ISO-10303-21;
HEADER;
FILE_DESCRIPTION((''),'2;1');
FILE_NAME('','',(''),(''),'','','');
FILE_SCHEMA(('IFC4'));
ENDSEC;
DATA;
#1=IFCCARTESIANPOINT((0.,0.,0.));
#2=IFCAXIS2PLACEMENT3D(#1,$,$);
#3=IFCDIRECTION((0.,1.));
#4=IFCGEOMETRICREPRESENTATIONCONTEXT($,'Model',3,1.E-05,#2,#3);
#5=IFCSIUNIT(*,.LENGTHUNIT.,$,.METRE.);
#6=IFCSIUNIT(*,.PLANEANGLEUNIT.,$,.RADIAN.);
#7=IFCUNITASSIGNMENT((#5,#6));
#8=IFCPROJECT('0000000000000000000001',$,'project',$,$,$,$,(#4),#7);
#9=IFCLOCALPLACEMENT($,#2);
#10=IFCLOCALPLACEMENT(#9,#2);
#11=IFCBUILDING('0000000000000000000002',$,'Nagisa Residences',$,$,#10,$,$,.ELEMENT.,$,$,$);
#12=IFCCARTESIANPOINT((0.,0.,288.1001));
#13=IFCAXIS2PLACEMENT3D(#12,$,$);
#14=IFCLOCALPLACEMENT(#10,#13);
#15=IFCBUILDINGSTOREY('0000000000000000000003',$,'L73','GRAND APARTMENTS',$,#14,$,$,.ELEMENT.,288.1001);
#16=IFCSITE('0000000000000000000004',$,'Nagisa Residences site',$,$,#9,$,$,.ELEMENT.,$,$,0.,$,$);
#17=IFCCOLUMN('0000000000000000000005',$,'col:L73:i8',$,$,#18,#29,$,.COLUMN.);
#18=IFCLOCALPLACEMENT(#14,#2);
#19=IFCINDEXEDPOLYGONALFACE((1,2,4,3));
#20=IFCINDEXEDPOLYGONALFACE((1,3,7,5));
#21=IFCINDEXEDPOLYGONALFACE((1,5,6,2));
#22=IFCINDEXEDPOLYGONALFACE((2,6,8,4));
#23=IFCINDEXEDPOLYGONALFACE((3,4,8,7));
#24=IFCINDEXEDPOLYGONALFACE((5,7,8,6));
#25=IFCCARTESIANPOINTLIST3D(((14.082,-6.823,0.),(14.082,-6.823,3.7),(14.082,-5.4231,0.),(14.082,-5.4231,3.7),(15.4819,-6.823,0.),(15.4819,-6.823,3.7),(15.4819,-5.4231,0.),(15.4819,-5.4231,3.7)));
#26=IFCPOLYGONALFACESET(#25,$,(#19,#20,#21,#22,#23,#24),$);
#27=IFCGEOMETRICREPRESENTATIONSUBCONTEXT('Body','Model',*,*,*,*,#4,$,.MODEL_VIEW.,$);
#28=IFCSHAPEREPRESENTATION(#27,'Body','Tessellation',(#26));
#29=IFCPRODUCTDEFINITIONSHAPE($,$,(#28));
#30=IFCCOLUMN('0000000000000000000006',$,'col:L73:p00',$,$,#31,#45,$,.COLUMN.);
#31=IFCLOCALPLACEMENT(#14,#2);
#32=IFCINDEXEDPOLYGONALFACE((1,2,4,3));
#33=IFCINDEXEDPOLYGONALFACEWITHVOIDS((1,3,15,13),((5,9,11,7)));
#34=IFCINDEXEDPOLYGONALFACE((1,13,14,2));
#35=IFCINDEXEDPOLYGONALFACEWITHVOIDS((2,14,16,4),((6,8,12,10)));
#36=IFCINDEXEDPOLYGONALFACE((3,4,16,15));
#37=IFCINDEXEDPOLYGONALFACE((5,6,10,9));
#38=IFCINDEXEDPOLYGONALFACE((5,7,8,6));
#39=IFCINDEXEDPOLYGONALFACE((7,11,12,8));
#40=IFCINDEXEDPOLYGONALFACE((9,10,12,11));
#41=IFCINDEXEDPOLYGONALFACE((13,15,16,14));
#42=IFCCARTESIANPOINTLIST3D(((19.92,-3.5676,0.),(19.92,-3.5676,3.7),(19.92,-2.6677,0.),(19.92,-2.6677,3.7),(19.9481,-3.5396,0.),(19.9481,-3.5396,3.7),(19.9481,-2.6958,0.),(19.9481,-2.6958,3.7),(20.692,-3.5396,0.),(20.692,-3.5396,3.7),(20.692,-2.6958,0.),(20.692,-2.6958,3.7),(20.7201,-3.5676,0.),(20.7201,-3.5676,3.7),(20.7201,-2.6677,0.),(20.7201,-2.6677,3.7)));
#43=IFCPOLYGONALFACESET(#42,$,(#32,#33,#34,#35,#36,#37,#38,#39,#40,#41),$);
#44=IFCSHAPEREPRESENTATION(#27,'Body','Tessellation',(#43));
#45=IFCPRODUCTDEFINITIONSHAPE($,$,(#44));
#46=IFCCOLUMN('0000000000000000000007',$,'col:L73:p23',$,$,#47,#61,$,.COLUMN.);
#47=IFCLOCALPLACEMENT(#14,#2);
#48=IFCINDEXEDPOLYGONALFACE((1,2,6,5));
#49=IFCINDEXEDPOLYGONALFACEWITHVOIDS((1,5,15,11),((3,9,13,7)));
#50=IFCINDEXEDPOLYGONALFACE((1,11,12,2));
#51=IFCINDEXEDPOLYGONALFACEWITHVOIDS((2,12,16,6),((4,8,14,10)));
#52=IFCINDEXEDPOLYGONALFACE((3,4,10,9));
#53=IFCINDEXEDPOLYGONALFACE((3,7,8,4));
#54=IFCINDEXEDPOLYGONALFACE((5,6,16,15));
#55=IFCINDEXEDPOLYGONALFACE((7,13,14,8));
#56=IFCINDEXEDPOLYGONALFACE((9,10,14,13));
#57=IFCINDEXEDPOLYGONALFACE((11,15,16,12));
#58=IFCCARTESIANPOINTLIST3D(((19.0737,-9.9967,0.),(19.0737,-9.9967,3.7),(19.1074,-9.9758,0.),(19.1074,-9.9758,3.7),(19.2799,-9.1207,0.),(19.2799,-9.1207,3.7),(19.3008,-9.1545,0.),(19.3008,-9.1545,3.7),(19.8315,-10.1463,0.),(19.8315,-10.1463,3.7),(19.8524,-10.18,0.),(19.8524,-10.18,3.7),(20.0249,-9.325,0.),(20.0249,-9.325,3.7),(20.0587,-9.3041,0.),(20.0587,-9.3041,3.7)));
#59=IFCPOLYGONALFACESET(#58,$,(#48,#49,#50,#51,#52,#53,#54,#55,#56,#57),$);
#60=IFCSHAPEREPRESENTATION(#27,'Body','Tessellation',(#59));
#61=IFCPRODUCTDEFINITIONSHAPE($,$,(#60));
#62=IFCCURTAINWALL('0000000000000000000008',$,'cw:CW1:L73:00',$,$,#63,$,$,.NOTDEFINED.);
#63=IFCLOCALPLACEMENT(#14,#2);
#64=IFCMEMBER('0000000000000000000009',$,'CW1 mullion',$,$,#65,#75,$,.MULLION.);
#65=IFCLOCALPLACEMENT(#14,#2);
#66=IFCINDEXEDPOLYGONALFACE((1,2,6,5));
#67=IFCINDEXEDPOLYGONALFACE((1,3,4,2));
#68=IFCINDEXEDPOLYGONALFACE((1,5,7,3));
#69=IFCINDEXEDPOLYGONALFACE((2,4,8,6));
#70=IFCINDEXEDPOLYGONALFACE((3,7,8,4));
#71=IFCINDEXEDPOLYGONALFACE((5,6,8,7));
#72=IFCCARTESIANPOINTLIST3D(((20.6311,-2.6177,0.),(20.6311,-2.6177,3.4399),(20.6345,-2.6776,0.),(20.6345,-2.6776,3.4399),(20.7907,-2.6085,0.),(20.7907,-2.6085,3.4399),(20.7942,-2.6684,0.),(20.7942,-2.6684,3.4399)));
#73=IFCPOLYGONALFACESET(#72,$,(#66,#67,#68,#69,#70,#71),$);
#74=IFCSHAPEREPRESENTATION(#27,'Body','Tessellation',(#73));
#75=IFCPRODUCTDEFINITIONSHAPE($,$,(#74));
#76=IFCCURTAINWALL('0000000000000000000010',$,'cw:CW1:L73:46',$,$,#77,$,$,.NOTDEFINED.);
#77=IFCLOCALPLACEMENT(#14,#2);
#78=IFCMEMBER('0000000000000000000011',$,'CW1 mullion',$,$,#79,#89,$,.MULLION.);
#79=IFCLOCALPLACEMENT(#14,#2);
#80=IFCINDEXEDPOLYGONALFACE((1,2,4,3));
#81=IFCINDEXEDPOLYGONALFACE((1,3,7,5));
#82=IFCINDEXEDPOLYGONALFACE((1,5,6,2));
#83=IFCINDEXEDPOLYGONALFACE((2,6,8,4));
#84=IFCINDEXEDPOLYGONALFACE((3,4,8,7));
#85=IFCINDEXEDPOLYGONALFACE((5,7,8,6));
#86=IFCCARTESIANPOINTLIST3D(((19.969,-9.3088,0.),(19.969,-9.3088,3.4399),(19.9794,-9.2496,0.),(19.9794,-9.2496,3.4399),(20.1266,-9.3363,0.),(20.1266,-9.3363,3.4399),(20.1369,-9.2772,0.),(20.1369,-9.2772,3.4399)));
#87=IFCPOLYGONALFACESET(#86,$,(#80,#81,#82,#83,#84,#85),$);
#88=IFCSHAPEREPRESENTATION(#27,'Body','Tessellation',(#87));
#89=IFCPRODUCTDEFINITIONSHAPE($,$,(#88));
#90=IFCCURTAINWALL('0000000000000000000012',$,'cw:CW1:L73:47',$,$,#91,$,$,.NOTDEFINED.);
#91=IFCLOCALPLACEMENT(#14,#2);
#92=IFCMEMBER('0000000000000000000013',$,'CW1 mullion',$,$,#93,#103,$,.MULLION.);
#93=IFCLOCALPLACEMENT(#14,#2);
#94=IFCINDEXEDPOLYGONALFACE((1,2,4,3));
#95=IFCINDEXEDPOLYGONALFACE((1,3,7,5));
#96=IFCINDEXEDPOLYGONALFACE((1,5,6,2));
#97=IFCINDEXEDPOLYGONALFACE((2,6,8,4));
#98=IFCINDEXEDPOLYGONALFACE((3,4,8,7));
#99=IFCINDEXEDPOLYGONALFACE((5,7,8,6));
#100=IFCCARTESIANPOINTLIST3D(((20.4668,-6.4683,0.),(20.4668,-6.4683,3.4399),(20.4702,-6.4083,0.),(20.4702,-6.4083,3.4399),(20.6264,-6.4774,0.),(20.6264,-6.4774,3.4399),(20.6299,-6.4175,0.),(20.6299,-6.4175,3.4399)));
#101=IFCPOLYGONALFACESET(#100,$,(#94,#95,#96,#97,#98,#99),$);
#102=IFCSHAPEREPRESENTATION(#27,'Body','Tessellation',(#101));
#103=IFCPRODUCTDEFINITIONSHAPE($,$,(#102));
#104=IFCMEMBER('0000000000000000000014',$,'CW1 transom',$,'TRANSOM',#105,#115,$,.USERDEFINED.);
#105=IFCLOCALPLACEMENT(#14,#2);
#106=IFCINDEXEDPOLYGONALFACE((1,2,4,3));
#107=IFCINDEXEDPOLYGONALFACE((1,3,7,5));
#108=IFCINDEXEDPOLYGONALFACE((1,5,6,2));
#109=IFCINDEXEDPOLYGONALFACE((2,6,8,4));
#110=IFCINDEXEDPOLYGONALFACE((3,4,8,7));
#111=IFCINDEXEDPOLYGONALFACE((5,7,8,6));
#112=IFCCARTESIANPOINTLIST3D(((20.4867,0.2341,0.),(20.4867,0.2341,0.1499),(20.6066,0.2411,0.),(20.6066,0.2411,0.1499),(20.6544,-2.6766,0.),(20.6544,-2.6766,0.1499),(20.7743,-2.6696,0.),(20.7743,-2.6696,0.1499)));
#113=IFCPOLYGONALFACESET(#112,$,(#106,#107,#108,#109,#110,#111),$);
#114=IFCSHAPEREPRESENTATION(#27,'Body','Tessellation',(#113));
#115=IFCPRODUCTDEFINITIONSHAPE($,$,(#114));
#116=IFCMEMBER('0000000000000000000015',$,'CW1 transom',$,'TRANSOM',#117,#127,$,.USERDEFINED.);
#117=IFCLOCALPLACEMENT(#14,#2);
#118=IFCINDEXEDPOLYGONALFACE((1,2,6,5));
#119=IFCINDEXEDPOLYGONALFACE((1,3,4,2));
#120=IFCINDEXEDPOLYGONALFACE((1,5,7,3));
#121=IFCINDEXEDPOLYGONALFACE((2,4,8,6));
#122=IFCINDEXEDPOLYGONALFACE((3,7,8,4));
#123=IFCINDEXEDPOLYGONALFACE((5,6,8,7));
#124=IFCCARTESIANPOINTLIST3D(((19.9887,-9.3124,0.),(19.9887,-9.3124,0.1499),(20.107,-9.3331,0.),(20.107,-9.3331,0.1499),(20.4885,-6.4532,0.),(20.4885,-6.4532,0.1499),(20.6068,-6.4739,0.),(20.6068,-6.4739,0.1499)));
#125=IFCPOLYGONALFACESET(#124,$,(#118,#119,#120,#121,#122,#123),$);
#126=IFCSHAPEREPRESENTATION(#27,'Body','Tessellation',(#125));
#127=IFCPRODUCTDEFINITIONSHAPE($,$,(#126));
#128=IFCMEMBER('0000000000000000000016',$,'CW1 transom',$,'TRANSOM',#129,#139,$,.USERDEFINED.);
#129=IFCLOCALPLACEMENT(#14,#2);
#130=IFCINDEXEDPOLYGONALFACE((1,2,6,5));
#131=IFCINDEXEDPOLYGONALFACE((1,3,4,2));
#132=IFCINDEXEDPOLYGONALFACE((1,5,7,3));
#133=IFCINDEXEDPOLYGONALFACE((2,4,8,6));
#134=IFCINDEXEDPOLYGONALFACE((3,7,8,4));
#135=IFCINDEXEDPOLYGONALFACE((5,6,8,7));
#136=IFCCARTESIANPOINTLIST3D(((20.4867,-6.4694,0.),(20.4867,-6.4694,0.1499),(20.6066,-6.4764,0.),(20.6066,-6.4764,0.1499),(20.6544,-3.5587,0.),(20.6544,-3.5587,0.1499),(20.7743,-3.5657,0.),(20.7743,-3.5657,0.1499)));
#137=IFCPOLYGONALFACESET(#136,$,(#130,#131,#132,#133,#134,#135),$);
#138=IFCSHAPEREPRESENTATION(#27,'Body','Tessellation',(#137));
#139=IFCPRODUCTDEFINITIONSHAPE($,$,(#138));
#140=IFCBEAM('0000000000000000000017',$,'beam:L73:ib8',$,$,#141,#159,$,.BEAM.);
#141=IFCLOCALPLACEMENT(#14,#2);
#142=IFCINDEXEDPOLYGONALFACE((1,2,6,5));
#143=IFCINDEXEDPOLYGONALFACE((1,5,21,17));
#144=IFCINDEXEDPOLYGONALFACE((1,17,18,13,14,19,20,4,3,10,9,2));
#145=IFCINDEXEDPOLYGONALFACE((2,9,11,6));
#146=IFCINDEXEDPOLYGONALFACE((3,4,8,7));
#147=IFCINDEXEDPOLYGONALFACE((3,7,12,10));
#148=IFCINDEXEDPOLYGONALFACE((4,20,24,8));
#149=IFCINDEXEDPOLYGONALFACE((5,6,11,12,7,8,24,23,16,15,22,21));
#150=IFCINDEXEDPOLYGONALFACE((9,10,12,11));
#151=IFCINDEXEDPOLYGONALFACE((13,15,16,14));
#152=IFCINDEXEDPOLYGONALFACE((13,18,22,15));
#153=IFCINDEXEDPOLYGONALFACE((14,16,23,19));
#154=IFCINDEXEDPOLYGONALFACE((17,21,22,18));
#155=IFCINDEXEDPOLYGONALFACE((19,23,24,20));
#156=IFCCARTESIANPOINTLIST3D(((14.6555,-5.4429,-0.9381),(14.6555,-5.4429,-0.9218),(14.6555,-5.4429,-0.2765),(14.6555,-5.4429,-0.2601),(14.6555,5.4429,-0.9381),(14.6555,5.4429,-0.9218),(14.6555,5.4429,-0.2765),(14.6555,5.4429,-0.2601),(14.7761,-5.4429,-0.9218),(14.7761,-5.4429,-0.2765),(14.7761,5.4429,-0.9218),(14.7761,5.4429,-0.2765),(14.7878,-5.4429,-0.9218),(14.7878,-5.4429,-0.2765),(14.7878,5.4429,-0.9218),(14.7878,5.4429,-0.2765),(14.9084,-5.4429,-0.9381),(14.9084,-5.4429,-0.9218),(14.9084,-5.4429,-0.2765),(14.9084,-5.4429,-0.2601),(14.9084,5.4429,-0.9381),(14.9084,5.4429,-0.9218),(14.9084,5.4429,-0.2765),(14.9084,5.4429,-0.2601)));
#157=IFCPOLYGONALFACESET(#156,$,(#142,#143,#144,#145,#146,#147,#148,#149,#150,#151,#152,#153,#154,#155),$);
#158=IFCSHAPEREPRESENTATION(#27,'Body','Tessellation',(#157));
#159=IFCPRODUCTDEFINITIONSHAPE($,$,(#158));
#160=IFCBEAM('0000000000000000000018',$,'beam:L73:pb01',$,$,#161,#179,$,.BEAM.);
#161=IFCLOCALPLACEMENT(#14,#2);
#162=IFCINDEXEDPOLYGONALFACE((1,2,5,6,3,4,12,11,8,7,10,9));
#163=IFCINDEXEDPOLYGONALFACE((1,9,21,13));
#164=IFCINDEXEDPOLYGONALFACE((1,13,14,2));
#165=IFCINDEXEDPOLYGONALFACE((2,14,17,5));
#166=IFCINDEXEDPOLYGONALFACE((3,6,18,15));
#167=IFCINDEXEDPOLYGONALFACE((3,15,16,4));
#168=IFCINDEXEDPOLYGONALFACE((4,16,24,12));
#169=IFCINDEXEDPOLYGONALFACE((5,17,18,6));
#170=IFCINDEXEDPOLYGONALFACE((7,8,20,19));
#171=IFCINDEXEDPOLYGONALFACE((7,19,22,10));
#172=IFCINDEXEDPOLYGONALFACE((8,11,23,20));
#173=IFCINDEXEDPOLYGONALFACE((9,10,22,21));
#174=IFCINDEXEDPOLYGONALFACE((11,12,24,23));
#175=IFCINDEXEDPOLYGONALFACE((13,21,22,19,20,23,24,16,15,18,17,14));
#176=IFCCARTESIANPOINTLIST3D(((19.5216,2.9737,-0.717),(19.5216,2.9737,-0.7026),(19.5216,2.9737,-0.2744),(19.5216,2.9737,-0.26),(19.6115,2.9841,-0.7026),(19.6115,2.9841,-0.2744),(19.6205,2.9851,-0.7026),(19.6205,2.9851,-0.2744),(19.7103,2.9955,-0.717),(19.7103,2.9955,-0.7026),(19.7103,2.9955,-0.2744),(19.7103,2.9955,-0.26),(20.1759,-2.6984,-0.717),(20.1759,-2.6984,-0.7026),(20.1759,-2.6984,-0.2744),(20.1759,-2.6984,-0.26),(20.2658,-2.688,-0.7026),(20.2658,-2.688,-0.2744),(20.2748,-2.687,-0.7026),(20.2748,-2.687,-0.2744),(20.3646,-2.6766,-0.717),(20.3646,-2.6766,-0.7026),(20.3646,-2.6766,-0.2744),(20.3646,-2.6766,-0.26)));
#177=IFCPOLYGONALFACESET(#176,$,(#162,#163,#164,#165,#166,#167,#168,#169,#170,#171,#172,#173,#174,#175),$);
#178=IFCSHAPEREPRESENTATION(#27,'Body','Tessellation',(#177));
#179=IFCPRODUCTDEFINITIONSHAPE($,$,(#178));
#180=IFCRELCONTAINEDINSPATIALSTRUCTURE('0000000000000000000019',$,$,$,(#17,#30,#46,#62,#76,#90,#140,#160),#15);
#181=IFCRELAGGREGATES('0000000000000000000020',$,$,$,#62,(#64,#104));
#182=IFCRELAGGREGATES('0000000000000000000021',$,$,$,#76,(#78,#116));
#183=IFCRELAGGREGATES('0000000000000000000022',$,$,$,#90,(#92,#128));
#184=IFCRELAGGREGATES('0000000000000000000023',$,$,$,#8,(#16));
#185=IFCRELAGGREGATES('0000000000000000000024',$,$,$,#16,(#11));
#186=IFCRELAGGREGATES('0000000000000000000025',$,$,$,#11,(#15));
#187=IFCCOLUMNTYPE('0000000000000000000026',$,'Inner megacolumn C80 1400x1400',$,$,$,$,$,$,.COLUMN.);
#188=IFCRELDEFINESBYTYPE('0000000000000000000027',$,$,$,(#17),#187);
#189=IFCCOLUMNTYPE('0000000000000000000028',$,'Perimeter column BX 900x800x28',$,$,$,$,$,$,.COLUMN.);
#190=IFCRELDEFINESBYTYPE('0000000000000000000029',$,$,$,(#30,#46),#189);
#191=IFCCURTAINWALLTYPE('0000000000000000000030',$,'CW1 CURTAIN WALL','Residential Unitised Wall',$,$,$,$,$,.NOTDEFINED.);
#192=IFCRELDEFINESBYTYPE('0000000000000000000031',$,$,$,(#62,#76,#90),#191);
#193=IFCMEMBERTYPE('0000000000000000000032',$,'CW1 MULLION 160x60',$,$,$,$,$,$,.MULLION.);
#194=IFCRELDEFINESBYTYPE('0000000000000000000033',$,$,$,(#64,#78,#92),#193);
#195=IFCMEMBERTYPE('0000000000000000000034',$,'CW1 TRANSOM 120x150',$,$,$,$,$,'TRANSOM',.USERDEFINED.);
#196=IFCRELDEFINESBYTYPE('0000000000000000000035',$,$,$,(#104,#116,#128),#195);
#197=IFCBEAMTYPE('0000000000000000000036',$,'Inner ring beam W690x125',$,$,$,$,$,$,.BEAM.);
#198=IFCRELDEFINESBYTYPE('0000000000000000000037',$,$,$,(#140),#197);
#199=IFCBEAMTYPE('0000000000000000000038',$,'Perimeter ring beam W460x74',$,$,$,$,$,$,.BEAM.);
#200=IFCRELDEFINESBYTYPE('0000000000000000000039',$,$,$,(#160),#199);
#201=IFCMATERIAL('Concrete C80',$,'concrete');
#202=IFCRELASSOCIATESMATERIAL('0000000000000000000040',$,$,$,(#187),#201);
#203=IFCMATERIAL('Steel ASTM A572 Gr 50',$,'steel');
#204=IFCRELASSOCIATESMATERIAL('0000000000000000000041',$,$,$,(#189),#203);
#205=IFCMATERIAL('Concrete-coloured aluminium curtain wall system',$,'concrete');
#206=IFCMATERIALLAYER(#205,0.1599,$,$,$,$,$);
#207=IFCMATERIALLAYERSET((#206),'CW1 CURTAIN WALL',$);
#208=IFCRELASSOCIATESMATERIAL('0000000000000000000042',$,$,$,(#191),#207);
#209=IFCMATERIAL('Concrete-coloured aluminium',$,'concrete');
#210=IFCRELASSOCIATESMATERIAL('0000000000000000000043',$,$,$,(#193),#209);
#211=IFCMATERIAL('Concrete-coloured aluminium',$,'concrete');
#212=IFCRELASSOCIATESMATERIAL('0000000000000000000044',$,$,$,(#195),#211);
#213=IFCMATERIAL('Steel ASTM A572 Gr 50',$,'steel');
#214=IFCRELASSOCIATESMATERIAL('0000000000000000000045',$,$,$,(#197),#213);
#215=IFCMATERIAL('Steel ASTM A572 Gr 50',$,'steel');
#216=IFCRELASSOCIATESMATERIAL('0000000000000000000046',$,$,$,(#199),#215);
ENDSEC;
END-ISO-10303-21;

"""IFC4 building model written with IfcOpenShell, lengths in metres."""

from ifc_helpers import new_model, si_unit, direction, frame, origin, origin_2d, place, context, subcontext, project, spatial, rectangle, hollow_rectangle, i_section, extrude, material, layer, layer_set, material_profile, profile_set, type_object, element, aggregate, save


model = new_model("IFC4")

# Units and contexts
model_context = context("Model", 3, precision=1e-05, world=origin(), true_north=direction((0.0, 1.0)))
body_context = subcontext(model_context, "Body", "Model", "MODEL_VIEW")
ifc_project = project(units=[si_unit("LENGTHUNIT", "METRE"), si_unit("PLANEANGLEUNIT", "RADIAN")], contexts=[model_context])

# Site, building, storey
site_placement = place(None, origin())
site = spatial("IfcSite", under=ifc_project, at=site_placement, Name="Nagisa Residences site", CompositionType="ELEMENT", RefElevation=0.0)
building_placement = place(site_placement, origin())
building = spatial("IfcBuilding", under=site, at=building_placement, Name="Nagisa Residences", CompositionType="ELEMENT")
storey_placement = place(building_placement, frame((0.0, 0.0, 288.1001)))
storey = spatial("IfcBuildingStorey", under=building, at=storey_placement, Name="L73", Description="GRAND APARTMENTS", CompositionType="ELEMENT", Elevation=288.1001)

# Columns
ifc_material_1 = material(Name="Concrete C80", Category="concrete")
ifc_material_profile_1 = material_profile(ifc_material_1, rectangle(XDim=1.3999, YDim=1.3999, at=origin_2d()), Name="C80 1400x1400")
ifc_profile_set_1 = profile_set([ifc_material_profile_1], Name="Concrete C80")
column_type_1 = type_object("IfcColumnType", Name="Inner megacolumn C80 1400x1400", PredefinedType="COLUMN", material=ifc_profile_set_1)
column_placement = place(storey_placement, frame((14.782, -6.123, 0.0), z_axis=(0.0, 0.0, 1.0), x_axis=(1.0, 0.0, 0.0)))
element("IfcColumn", 1, at=column_placement, inside=storey, type_object=column_type_1, Name="col:L73:i8", PredefinedType="COLUMN", context=body_context, shape_type="SweptSolid", body=[
    extrude(rectangle(XDim=1.3999, YDim=1.3999, at=origin_2d()), origin(), (0.0, 0.0, 1.0), 3.7),
])
ifc_material_2 = material(Name="Steel ASTM A572 Gr 50", Category="steel")
ifc_material_profile_2 = material_profile(ifc_material_2, hollow_rectangle(XDim=0.8999, YDim=0.8, WallThickness=0.0281, at=origin_2d()), Name="BX 900x800x28")
ifc_profile_set_2 = profile_set([ifc_material_profile_2], Name="Steel ASTM A572 Gr 50")
column_type_2 = type_object("IfcColumnType", Name="Perimeter column BX 900x800x28", PredefinedType="COLUMN", material=ifc_profile_set_2)
for number, where, z_axis, x_axis, name in (
    (2, (20.3201, -3.1177, 0.0), (0.0, 0.0, 1.0), (0.0, 1.0, 0.0), "col:L73:p00"),
    (3, (19.5662, -9.6504, 0.0), (0.0, 0.0, 1.0), (0.229202, 0.973379, 0.0), "col:L73:p23"),
):
    element("IfcColumn", number, at=place(storey_placement, frame(where, z_axis=z_axis, x_axis=x_axis)), inside=storey, type_object=column_type_2, Name=name, PredefinedType="COLUMN", context=body_context, shape_type="SweptSolid", body=[
        extrude(hollow_rectangle(XDim=0.8999, YDim=0.8, WallThickness=0.0281, at=origin_2d()), origin(), (0.0, 0.0, 1.0), 3.7),
    ])

# Curtain walls, members
ifc_material_3 = material(Name="Concrete-coloured aluminium curtain wall system", Category="concrete")
ifc_layer_1 = layer(ifc_material_3, 0.1599)
ifc_layer_set_1 = layer_set([ifc_layer_1], Name="CW1 CURTAIN WALL")
curtain_wall_type = type_object("IfcCurtainWallType", Name="CW1 CURTAIN WALL", Description="Residential Unitised Wall", PredefinedType="NOTDEFINED", material=ifc_layer_set_1)
curtain_wall_1_placement = place(storey_placement, origin())
curtain_wall_1 = element("IfcCurtainWall", 4, at=curtain_wall_1_placement, inside=storey, type_object=curtain_wall_type, Name="cw:CW1:L73:00", PredefinedType="NOTDEFINED")
ifc_material_4 = material(Name="Concrete-coloured aluminium", Category="concrete")
ifc_material_profile_3 = material_profile(ifc_material_4, rectangle(XDim=0.1599, YDim=0.0601, at=origin_2d()), Name="CW1 MULLION 160x60")
ifc_profile_set_3 = profile_set([ifc_material_profile_3], Name="Concrete-coloured aluminium")
member_type_1 = type_object("IfcMemberType", Name="CW1 MULLION 160x60", PredefinedType="MULLION", material=ifc_profile_set_3)
member_1_placement = place(storey_placement, frame((20.7126, -2.6431, 0.0), z_axis=(0.0, 0.0, 1.0), x_axis=(-0.998345, -0.057503, 0.0)))
member_1 = element("IfcMember", 5, at=member_1_placement, type_object=member_type_1, Name="CW1 mullion", PredefinedType="MULLION", context=body_context, shape_type="SweptSolid", body=[
    extrude(rectangle(XDim=0.1599, YDim=0.0601, at=origin_2d()), origin(), (0.0, 0.0, 1.0), 3.4399),
])
curtain_wall_2_placement = place(storey_placement, origin())
curtain_wall_2 = element("IfcCurtainWall", 6, at=curtain_wall_2_placement, inside=storey, type_object=curtain_wall_type, Name="cw:CW1:L73:46", PredefinedType="NOTDEFINED")
member_2_placement = place(storey_placement, frame((20.053, -9.293, 0.0), z_axis=(0.0, 0.0, 1.0), x_axis=(-0.985064, 0.172191, 0.0)))
member_2 = element("IfcMember", 7, at=member_2_placement, type_object=member_type_1, Name="CW1 mullion", PredefinedType="MULLION", context=body_context, shape_type="SweptSolid", body=[
    extrude(rectangle(XDim=0.1599, YDim=0.0601, at=origin_2d()), origin(), (0.0, 0.0, 1.0), 3.4399),
])
curtain_wall_3_placement = place(storey_placement, origin())
curtain_wall_3 = element("IfcCurtainWall", 8, at=curtain_wall_3_placement, inside=storey, type_object=curtain_wall_type, Name="cw:CW1:L73:47", PredefinedType="NOTDEFINED")
member_3_placement = place(storey_placement, frame((20.5483, -6.4429, 0.0), z_axis=(0.0, 0.0, 1.0), x_axis=(-0.998345, 0.057503, 0.0)))
member_3 = element("IfcMember", 9, at=member_3_placement, type_object=member_type_1, Name="CW1 mullion", PredefinedType="MULLION", context=body_context, shape_type="SweptSolid", body=[
    extrude(rectangle(XDim=0.1599, YDim=0.0601, at=origin_2d()), origin(), (0.0, 0.0, 1.0), 3.4399),
])

# Members
ifc_material_5 = material(Name="Concrete-coloured aluminium", Category="concrete")
ifc_material_profile_4 = material_profile(ifc_material_5, rectangle(XDim=0.1201, YDim=0.1499, at=origin_2d()), Name="CW1 TRANSOM 120x150")
ifc_profile_set_4 = profile_set([ifc_material_profile_4], Name="Concrete-coloured aluminium")
member_type_2 = type_object("IfcMemberType", Name="CW1 TRANSOM 120x150", ElementType="TRANSOM", PredefinedType="USERDEFINED", material=ifc_profile_set_4)
member_4_placement = place(storey_placement, frame((20.7144, -2.6731, 0.075), z_axis=(-0.057529, 0.998344, 0.0), x_axis=(-0.998344, -0.057529, 0.0)))
member_4 = element("IfcMember", 10, at=member_4_placement, type_object=member_type_2, Name="CW1 transom", ObjectType="TRANSOM", PredefinedType="USERDEFINED", context=body_context, shape_type="SweptSolid", body=[
    extrude(rectangle(XDim=0.1201, YDim=0.1499, at=origin_2d()), origin(), (0.0, 0.0, 1.0), 2.9155),
])
member_5_placement = place(storey_placement, frame((20.0479, -9.3228, 0.075), z_axis=(0.172182, 0.985065, 0.0), x_axis=(-0.985065, 0.172182, 0.0)))
member_5 = element("IfcMember", 11, at=member_5_placement, type_object=member_type_2, Name="CW1 transom", ObjectType="TRANSOM", PredefinedType="USERDEFINED", context=body_context, shape_type="SweptSolid", body=[
    extrude(rectangle(XDim=0.1201, YDim=0.1499, at=origin_2d()), origin(), (0.0, 0.0, 1.0), 2.9026),
])
member_6_placement = place(storey_placement, frame((20.5466, -6.4729, 0.075), z_axis=(0.057529, 0.998344, 0.0), x_axis=(-0.998344, 0.057529, 0.0)))
member_6 = element("IfcMember", 12, at=member_6_placement, type_object=member_type_2, Name="CW1 transom", ObjectType="TRANSOM", PredefinedType="USERDEFINED", context=body_context, shape_type="SweptSolid", body=[
    extrude(rectangle(XDim=0.1201, YDim=0.1499, at=origin_2d()), origin(), (0.0, 0.0, 1.0), 2.9155),
])

# Beams
ifc_material_6 = material(Name="Steel ASTM A572 Gr 50", Category="steel")
ifc_material_profile_5 = material_profile(ifc_material_6, i_section(OverallWidth=0.2529, OverallDepth=0.678, WebThickness=0.0117, FlangeThickness=0.0164, at=origin_2d()), Name="W690x125")
ifc_profile_set_5 = profile_set([ifc_material_profile_5], Name="Steel ASTM A572 Gr 50")
beam_type_1 = type_object("IfcBeamType", Name="Inner ring beam W690x125", PredefinedType="BEAM", material=ifc_profile_set_5)
beam_1_placement = place(storey_placement, frame((14.782, -5.4429, -0.5991), z_axis=(0.0, 1.0, 0.0), x_axis=(-1.0, 0.0, 0.0)))
element("IfcBeam", 13, at=beam_1_placement, inside=storey, type_object=beam_type_1, Name="beam:L73:ib8", PredefinedType="BEAM", context=body_context, shape_type="SweptSolid", body=[
    extrude(i_section(OverallWidth=0.2529, OverallDepth=0.678, WebThickness=0.0117, FlangeThickness=0.0164, at=origin_2d()), origin(), (0.0, 0.0, 1.0), 10.8857),
])
ifc_material_7 = material(Name="Steel ASTM A572 Gr 50", Category="steel")
ifc_material_profile_6 = material_profile(ifc_material_7, i_section(OverallWidth=0.1899, OverallDepth=0.457, WebThickness=0.009, FlangeThickness=0.0144, at=origin_2d()), Name="W460x74")
ifc_profile_set_6 = profile_set([ifc_material_profile_6], Name="Steel ASTM A572 Gr 50")
beam_type_2 = type_object("IfcBeamType", Name="Perimeter ring beam W460x74", PredefinedType="BEAM", material=ifc_profile_set_6)
for number, where, z_axis, x_axis, name in (
    (14, (20.2703, -2.6875, -0.4885), (-0.114593, 0.993412, 0.0), (-0.993412, -0.114593, 0.0), "beam:L73:pb01"),
):
    element("IfcBeam", number, at=place(storey_placement, frame(where, z_axis=z_axis, x_axis=x_axis)), inside=storey, type_object=beam_type_2, Name=name, PredefinedType="BEAM", context=body_context, shape_type="SweptSolid", body=[
        extrude(i_section(OverallWidth=0.1899, OverallDepth=0.457, WebThickness=0.009, FlangeThickness=0.0144, at=origin_2d()), origin(), (0.0, 0.0, 1.0), 5.7097),
    ])

aggregate(curtain_wall_1, [member_1, member_4])
aggregate(curtain_wall_2, [member_2, member_5])
aggregate(curtain_wall_3, [member_3, member_6])

save(model, "model.ifc")
